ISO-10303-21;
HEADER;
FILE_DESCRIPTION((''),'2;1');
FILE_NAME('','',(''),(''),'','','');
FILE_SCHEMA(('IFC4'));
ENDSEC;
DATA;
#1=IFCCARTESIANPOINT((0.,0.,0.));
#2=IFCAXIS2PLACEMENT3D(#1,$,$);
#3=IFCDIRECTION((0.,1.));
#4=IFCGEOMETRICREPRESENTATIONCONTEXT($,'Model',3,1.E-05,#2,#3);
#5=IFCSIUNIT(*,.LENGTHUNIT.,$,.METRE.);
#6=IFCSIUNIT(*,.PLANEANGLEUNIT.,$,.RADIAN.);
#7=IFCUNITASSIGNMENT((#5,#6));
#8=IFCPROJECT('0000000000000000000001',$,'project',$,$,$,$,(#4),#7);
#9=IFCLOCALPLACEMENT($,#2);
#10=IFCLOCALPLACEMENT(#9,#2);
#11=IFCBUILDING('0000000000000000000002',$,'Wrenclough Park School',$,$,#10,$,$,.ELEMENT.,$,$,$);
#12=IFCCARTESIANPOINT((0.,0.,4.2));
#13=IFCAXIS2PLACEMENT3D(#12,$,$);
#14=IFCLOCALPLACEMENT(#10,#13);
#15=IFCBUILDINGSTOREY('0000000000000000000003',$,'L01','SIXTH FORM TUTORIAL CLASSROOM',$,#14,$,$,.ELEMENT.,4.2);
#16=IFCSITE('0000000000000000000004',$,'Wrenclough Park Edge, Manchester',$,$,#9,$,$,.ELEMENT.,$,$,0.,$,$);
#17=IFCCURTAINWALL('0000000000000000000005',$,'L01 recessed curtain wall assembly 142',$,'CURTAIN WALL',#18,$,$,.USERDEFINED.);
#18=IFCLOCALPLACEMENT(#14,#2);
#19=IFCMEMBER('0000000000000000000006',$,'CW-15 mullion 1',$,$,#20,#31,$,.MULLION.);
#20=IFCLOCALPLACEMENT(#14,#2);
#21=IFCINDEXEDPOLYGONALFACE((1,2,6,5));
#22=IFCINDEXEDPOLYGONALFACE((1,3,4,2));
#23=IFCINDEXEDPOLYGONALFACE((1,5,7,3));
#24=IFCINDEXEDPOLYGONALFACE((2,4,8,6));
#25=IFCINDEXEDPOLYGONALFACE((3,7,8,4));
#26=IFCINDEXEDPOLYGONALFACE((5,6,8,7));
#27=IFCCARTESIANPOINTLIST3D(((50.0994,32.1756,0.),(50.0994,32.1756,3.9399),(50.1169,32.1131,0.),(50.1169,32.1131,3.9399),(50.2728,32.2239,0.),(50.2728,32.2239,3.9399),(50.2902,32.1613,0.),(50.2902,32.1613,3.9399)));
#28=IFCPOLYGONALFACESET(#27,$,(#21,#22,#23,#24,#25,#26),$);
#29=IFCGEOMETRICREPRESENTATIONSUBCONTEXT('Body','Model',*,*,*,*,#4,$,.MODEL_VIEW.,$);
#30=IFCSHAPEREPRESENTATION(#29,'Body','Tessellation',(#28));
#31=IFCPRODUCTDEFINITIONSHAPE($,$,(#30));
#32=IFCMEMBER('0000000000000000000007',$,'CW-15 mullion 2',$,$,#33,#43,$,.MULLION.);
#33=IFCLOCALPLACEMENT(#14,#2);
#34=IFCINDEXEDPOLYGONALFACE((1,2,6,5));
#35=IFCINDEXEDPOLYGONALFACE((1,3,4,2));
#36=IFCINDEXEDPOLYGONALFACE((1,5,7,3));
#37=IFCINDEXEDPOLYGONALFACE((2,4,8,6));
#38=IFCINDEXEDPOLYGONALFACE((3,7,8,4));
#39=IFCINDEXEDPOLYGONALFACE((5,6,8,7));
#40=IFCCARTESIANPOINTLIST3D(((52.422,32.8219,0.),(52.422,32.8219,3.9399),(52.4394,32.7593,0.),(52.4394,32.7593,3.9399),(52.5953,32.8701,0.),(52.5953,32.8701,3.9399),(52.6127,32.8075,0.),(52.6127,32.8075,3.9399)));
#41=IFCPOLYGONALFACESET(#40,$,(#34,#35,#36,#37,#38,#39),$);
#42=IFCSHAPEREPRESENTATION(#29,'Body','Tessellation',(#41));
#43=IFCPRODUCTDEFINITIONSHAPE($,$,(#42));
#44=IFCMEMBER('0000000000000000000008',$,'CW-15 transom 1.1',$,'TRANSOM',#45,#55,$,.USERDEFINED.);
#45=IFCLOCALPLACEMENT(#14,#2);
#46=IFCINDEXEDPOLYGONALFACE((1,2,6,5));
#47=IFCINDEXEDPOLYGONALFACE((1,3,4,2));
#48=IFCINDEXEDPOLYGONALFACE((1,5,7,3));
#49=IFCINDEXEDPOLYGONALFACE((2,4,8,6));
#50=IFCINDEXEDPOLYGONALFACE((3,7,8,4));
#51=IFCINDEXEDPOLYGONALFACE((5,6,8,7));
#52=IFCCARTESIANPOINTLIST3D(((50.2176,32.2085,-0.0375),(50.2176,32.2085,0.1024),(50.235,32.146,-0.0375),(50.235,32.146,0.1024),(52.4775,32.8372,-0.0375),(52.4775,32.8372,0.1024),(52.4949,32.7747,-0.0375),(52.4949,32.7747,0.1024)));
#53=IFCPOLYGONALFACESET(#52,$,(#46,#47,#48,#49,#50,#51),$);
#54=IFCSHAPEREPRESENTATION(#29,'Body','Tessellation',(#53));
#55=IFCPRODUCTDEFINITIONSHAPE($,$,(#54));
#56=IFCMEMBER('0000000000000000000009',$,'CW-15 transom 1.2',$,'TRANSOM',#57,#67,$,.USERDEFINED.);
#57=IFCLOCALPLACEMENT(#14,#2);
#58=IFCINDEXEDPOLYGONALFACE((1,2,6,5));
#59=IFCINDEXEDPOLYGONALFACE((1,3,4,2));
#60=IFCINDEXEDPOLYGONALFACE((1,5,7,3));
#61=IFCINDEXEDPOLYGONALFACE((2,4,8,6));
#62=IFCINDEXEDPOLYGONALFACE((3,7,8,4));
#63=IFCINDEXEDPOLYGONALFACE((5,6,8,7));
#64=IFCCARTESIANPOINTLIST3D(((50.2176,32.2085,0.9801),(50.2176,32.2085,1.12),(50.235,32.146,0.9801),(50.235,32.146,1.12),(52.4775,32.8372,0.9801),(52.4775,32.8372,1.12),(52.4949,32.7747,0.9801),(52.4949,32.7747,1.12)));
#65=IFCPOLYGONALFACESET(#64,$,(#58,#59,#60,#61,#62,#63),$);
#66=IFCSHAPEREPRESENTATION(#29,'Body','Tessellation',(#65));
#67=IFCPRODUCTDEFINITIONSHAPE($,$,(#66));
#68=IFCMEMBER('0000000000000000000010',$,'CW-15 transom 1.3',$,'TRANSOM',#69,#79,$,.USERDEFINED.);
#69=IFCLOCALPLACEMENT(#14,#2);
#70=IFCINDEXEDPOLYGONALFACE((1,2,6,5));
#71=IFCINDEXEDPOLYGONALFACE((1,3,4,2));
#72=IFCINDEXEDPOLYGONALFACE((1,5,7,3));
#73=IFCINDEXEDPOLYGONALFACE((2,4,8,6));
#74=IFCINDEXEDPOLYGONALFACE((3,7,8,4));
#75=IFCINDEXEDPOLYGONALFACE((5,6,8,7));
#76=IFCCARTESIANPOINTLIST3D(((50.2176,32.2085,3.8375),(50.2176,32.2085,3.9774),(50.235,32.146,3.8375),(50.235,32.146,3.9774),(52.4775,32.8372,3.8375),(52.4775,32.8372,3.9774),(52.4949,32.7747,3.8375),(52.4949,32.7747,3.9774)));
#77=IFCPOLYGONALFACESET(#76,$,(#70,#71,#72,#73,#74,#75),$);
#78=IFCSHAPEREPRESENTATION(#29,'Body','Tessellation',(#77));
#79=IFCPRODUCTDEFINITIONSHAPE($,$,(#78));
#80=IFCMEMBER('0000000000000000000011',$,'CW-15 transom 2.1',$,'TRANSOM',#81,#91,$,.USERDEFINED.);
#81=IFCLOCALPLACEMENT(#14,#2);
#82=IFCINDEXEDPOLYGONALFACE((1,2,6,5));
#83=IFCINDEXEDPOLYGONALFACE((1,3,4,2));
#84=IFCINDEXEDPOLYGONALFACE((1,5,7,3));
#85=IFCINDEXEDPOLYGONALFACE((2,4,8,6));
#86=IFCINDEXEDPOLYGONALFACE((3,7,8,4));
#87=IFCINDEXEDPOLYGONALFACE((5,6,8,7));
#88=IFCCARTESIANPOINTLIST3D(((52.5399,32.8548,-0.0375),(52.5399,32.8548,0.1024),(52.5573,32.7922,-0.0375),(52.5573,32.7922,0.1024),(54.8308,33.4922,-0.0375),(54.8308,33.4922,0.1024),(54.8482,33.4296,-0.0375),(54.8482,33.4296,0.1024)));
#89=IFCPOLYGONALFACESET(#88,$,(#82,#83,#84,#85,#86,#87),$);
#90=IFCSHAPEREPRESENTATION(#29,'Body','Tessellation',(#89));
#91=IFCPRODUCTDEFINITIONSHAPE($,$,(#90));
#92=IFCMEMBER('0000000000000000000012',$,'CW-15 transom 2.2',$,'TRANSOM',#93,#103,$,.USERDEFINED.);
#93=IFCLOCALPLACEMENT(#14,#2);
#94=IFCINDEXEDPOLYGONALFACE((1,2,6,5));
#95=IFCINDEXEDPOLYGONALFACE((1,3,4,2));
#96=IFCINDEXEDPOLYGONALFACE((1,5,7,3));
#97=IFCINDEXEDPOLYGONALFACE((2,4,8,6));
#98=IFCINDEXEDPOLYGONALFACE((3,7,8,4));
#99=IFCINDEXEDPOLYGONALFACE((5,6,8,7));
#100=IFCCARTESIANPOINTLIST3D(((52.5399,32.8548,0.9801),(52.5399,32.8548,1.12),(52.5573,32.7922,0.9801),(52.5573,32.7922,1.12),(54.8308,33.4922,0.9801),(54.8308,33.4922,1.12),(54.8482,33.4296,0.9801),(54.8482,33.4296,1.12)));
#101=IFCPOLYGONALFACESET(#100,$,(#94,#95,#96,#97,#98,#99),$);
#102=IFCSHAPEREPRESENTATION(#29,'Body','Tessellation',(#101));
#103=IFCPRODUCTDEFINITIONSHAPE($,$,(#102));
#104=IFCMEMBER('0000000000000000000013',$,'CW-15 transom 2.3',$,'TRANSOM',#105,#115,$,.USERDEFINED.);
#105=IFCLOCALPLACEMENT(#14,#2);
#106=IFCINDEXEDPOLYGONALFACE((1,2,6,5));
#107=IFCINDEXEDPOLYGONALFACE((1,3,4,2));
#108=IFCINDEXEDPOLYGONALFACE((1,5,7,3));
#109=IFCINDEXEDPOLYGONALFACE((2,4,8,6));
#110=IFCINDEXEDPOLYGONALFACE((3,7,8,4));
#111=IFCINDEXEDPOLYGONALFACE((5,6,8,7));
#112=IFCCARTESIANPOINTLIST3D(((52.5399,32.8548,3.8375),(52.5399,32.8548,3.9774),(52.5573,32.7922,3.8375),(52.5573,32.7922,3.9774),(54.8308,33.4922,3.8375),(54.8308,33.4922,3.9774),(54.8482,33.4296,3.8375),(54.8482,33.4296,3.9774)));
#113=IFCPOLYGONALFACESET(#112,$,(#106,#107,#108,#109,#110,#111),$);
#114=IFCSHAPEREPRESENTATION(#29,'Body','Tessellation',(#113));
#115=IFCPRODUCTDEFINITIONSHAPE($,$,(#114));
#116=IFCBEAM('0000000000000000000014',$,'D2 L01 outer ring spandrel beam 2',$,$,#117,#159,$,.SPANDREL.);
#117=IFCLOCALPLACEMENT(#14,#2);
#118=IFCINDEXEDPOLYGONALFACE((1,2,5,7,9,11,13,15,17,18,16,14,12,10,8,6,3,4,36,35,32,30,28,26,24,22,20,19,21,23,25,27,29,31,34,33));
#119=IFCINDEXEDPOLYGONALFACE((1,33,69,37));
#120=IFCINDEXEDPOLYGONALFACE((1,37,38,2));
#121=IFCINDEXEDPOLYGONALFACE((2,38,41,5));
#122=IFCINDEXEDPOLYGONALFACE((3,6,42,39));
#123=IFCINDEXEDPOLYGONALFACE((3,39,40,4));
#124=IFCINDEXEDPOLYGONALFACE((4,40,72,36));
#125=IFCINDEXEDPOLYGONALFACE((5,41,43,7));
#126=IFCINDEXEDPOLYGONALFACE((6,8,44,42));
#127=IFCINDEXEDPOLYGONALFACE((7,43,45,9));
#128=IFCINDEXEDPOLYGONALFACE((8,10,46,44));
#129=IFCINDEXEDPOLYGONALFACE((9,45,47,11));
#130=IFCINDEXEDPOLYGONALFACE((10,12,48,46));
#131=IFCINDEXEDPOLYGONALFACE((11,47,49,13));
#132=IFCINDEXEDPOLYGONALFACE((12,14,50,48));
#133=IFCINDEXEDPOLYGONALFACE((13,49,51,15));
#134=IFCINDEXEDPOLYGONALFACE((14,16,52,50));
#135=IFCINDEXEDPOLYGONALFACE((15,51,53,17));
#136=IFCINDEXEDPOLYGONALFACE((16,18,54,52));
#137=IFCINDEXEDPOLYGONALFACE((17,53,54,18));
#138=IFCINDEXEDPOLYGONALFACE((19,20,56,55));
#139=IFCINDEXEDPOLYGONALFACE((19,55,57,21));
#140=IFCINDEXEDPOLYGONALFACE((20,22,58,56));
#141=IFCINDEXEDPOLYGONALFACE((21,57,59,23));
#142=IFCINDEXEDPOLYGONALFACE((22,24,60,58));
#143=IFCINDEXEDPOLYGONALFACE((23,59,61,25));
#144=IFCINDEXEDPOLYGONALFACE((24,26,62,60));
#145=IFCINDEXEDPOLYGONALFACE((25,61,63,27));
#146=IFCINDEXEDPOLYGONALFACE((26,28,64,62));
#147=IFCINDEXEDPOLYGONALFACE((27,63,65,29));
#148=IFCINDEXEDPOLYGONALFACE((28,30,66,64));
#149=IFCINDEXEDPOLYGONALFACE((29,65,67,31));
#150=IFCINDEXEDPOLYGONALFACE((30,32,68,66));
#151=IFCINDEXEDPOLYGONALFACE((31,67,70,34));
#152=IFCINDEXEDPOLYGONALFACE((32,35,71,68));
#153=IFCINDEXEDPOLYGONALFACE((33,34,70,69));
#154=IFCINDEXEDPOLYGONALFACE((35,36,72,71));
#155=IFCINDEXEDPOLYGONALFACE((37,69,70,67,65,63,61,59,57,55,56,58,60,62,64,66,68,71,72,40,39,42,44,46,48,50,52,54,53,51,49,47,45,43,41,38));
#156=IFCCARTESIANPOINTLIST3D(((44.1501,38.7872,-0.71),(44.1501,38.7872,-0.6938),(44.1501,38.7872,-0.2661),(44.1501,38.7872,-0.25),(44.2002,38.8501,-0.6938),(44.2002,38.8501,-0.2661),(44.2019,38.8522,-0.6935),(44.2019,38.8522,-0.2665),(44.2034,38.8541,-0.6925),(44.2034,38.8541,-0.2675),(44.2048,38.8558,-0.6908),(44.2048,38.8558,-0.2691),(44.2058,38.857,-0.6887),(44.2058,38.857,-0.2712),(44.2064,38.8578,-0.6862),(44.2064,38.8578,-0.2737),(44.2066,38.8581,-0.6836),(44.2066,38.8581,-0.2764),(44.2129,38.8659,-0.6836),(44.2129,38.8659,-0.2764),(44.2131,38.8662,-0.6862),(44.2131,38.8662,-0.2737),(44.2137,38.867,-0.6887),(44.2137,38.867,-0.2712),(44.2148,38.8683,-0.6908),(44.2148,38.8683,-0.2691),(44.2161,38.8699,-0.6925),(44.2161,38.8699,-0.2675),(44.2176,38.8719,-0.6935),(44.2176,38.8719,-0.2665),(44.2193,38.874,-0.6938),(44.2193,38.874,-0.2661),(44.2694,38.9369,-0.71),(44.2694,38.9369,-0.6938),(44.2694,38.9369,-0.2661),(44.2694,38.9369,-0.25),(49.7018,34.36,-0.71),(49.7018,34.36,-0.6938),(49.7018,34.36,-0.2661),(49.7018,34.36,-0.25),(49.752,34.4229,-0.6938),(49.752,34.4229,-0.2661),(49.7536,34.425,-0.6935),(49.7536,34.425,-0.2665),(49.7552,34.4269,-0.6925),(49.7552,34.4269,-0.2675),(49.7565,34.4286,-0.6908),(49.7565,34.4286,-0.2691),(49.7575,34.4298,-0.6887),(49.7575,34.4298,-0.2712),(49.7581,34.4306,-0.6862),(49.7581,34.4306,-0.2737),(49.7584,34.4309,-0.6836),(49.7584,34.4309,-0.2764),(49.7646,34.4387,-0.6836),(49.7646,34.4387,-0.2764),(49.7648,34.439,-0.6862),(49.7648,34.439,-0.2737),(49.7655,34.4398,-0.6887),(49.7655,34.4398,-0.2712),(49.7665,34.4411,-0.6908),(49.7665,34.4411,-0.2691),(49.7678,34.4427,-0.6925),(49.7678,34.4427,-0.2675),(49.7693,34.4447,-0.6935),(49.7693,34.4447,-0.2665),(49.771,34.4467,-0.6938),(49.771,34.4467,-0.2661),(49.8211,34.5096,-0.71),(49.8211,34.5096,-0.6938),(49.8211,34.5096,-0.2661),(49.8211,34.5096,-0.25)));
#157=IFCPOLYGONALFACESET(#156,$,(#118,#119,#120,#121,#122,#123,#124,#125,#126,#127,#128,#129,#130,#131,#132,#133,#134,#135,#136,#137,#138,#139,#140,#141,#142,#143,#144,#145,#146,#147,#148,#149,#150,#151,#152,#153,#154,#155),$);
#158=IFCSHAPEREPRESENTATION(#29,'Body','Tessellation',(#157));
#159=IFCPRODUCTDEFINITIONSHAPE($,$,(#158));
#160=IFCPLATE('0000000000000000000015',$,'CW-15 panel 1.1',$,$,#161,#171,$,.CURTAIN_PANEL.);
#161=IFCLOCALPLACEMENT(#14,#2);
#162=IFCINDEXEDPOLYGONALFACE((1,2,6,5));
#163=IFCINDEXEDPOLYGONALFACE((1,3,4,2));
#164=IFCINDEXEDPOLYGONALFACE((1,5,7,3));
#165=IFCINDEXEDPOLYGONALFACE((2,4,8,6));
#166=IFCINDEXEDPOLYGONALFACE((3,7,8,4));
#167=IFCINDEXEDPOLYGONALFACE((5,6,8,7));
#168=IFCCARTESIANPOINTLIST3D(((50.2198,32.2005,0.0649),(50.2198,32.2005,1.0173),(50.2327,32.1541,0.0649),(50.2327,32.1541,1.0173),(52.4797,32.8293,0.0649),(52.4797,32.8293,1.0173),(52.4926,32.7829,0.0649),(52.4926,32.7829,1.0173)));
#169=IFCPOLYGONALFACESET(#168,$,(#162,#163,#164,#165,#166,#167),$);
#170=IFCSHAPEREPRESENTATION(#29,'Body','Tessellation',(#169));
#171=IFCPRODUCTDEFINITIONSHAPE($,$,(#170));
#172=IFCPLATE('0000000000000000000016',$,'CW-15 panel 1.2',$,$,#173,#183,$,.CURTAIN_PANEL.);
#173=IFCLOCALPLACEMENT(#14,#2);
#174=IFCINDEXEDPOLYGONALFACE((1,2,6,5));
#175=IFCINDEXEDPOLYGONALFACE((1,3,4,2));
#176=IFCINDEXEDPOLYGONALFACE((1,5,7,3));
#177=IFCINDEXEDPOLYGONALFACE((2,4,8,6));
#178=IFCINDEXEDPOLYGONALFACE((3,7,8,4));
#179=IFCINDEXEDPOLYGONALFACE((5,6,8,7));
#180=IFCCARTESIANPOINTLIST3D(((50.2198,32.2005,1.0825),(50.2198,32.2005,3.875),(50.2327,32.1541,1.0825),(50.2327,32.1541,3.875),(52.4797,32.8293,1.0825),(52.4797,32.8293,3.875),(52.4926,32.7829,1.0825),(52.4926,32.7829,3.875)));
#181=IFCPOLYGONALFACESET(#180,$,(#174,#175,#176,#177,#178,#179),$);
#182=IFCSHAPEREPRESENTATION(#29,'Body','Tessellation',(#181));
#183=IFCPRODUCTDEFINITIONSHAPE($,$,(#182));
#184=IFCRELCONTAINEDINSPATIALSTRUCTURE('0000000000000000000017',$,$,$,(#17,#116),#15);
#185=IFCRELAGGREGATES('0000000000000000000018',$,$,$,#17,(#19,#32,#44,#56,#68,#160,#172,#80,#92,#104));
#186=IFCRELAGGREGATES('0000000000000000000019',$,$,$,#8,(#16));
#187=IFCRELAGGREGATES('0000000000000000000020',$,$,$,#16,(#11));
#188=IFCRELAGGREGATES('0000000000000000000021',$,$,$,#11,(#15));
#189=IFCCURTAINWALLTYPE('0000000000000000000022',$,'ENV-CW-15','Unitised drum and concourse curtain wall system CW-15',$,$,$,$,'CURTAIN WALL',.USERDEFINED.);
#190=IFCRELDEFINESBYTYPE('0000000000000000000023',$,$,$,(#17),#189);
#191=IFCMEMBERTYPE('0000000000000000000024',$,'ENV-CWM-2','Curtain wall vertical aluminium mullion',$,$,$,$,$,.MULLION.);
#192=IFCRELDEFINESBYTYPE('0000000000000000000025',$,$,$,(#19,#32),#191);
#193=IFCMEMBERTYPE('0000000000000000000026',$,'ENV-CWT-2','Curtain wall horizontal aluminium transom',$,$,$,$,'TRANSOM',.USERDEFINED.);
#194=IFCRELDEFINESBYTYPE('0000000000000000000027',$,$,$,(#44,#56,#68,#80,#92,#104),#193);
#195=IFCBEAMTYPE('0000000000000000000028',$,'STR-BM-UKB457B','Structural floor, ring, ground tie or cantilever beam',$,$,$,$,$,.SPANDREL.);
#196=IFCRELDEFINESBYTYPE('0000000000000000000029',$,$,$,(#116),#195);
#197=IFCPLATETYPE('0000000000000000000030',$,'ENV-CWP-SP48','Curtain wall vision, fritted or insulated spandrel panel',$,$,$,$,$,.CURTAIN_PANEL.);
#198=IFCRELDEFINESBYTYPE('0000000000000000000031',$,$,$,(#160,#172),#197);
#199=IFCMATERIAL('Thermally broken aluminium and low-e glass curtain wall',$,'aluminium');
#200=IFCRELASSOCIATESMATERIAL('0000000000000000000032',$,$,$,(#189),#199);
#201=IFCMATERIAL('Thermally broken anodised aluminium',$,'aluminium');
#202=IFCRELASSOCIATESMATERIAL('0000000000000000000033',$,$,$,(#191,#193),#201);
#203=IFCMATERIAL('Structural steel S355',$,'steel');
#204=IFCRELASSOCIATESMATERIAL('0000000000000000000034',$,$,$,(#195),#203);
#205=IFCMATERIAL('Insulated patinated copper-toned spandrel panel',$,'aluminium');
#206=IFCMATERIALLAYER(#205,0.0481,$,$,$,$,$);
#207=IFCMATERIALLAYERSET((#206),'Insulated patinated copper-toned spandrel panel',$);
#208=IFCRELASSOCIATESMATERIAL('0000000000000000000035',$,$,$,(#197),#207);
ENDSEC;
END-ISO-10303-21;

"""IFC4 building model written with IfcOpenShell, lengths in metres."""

from ifc_helpers import new_model, si_unit, direction, frame, origin, origin_2d, place, context, subcontext, project, spatial, rectangle, i_section, extrude, material, layer, layer_set, material_profile, profile_set, type_object, element, aggregate, save


model = new_model("IFC4")

# Units and contexts
model_context = context("Model", 3, precision=1e-05, world=origin(), true_north=direction((0.0, 1.0)))
body_context = subcontext(model_context, "Body", "Model", "MODEL_VIEW")
ifc_project = project(units=[si_unit("LENGTHUNIT", "METRE"), si_unit("PLANEANGLEUNIT", "RADIAN")], contexts=[model_context])

# Site, building, storey
site_placement = place(None, origin())
site = spatial("IfcSite", under=ifc_project, at=site_placement, Name="Wrenclough Park Edge, Manchester", CompositionType="ELEMENT", RefElevation=0.0)
building_placement = place(site_placement, origin())
building = spatial("IfcBuilding", under=site, at=building_placement, Name="Wrenclough Park School", CompositionType="ELEMENT")
storey_placement = place(building_placement, frame((0.0, 0.0, 4.2)))
storey = spatial("IfcBuildingStorey", under=building, at=storey_placement, Name="L01", Description="SIXTH FORM TUTORIAL CLASSROOM", CompositionType="ELEMENT", Elevation=4.2)

# Curtain wall, members
ifc_material_1 = material(Name="Thermally broken aluminium and low-e glass curtain wall", Category="aluminium")
curtain_wall_type = type_object("IfcCurtainWallType", Name="ENV-CW-15", Description="Unitised drum and concourse curtain wall system CW-15", ElementType="CURTAIN WALL", PredefinedType="USERDEFINED", material=ifc_material_1)
curtain_wall_placement = place(storey_placement, origin())
curtain_wall = element("IfcCurtainWall", 1, at=curtain_wall_placement, inside=storey, type_object=curtain_wall_type, Name="L01 recessed curtain wall assembly 142", ObjectType="CURTAIN WALL", PredefinedType="USERDEFINED")
ifc_material_2 = material(Name="Thermally broken anodised aluminium", Category="aluminium")
ifc_material_profile_1 = material_profile(ifc_material_2, rectangle(XDim=0.0649, YDim=0.1799, at=origin_2d()), Name="AL MULLION 65x180")
ifc_profile_set_1 = profile_set([ifc_material_profile_1], Name="Thermally broken anodised aluminium")
member_type_1 = type_object("IfcMemberType", Name="ENV-CWM-2", Description="Curtain wall vertical aluminium mullion", PredefinedType="MULLION", material=ifc_profile_set_1)
member_1_placement = place(storey_placement, frame((50.1948, 32.1685, 0.0), z_axis=(0.0, 0.0, 1.0), x_axis=(-0.268072, 0.963399, 0.0)))
member_1 = element("IfcMember", 2, at=member_1_placement, type_object=member_type_1, Name="CW-15 mullion 1", PredefinedType="MULLION", context=body_context, shape_type="SweptSolid", body=[
    extrude(rectangle(XDim=0.0649, YDim=0.1799, at=origin_2d()), origin(), (0.0, 0.0, 1.0), 3.9399),
])
member_2_placement = place(storey_placement, frame((52.5173, 32.8147, 0.0), z_axis=(0.0, 0.0, 1.0), x_axis=(-0.268072, 0.963399, 0.0)))
member_2 = element("IfcMember", 3, at=member_2_placement, type_object=member_type_1, Name="CW-15 mullion 2", PredefinedType="MULLION", context=body_context, shape_type="SweptSolid", body=[
    extrude(rectangle(XDim=0.0649, YDim=0.1799, at=origin_2d()), origin(), (0.0, 0.0, 1.0), 3.9399),
])
ifc_material_profile_2 = material_profile(ifc_material_2, rectangle(XDim=0.0649, YDim=0.1399, at=origin_2d()), Name="AL TRANSOM 65x140")
ifc_profile_set_2 = profile_set([ifc_material_profile_2], Name="Thermally broken anodised aluminium")
member_type_2 = type_object("IfcMemberType", Name="ENV-CWT-2", Description="Curtain wall horizontal aluminium transom", ElementType="TRANSOM", PredefinedType="USERDEFINED", material=ifc_profile_set_2)
member_3_placement = place(storey_placement, frame((50.2263, 32.1772, 0.0325), z_axis=(0.963413, 0.26802, 0.0), x_axis=(-0.26802, 0.963413, 0.0)))
member_3 = element("IfcMember", 4, at=member_3_placement, type_object=member_type_2, Name="CW-15 transom 1.1", ObjectType="TRANSOM", PredefinedType="USERDEFINED", context=body_context, shape_type="SweptSolid", body=[
    extrude(rectangle(XDim=0.0649, YDim=0.1399, at=origin_2d()), origin(), (0.0, 0.0, 1.0), 2.3457),
])
member_4_placement = place(storey_placement, frame((50.2263, 32.1772, 1.05), z_axis=(0.963413, 0.26802, 0.0), x_axis=(-0.26802, 0.963413, 0.0)))
member_4 = element("IfcMember", 5, at=member_4_placement, type_object=member_type_2, Name="CW-15 transom 1.2", ObjectType="TRANSOM", PredefinedType="USERDEFINED", context=body_context, shape_type="SweptSolid", body=[
    extrude(rectangle(XDim=0.0649, YDim=0.1399, at=origin_2d()), origin(), (0.0, 0.0, 1.0), 2.3457),
])
member_5_placement = place(storey_placement, frame((50.2263, 32.1772, 3.9075), z_axis=(0.963413, 0.26802, 0.0), x_axis=(-0.26802, 0.963413, 0.0)))
member_5 = element("IfcMember", 6, at=member_5_placement, type_object=member_type_2, Name="CW-15 transom 1.3", ObjectType="TRANSOM", PredefinedType="USERDEFINED", context=body_context, shape_type="SweptSolid", body=[
    extrude(rectangle(XDim=0.0649, YDim=0.1399, at=origin_2d()), origin(), (0.0, 0.0, 1.0), 2.3457),
])
member_6_placement = place(storey_placement, frame((52.5486, 32.8235, 0.0325), z_axis=(0.963403, 0.268057, 0.0), x_axis=(-0.268057, 0.963403, 0.0)))
member_6 = element("IfcMember", 7, at=member_6_placement, type_object=member_type_2, Name="CW-15 transom 2.1", ObjectType="TRANSOM", PredefinedType="USERDEFINED", context=body_context, shape_type="SweptSolid", body=[
    extrude(rectangle(XDim=0.0649, YDim=0.1399, at=origin_2d()), origin(), (0.0, 0.0, 1.0), 2.3779),
])
member_7_placement = place(storey_placement, frame((52.5486, 32.8235, 1.05), z_axis=(0.963403, 0.268057, 0.0), x_axis=(-0.268057, 0.963403, 0.0)))
member_7 = element("IfcMember", 8, at=member_7_placement, type_object=member_type_2, Name="CW-15 transom 2.2", ObjectType="TRANSOM", PredefinedType="USERDEFINED", context=body_context, shape_type="SweptSolid", body=[
    extrude(rectangle(XDim=0.0649, YDim=0.1399, at=origin_2d()), origin(), (0.0, 0.0, 1.0), 2.3779),
])
member_8_placement = place(storey_placement, frame((52.5486, 32.8235, 3.9075), z_axis=(0.963403, 0.268057, 0.0), x_axis=(-0.268057, 0.963403, 0.0)))
member_8 = element("IfcMember", 9, at=member_8_placement, type_object=member_type_2, Name="CW-15 transom 2.3", ObjectType="TRANSOM", PredefinedType="USERDEFINED", context=body_context, shape_type="SweptSolid", body=[
    extrude(rectangle(XDim=0.0649, YDim=0.1399, at=origin_2d()), origin(), (0.0, 0.0, 1.0), 2.3779),
])

# Beam
ifc_material_3 = material(Name="Structural steel S355", Category="steel")
ifc_material_profile_3 = material_profile(ifc_material_3, i_section(OverallWidth=0.1914, OverallDepth=0.46, WebThickness=0.01, FlangeThickness=0.0161, FilletRadius=0.0103, at=origin_2d()), Name="UKB 457x191x82")
ifc_profile_set_3 = profile_set([ifc_material_profile_3], Name="Structural steel S355")
beam_type = type_object("IfcBeamType", Name="STR-BM-UKB457B", Description="Structural floor, ring, ground tie or cantilever beam", PredefinedType="SPANDREL", material=ifc_profile_set_3)
beam_placement = place(storey_placement, frame((49.7615, 34.4348, -0.48), z_axis=(-0.781841, 0.623478, 0.0), x_axis=(-0.623478, -0.781841, 0.0)))
element("IfcBeam", 10, at=beam_placement, inside=storey, type_object=beam_type, Name="D2 L01 outer ring spandrel beam 2", PredefinedType="SPANDREL", context=body_context, shape_type="SweptSolid", body=[
    extrude(i_section(OverallWidth=0.1914, OverallDepth=0.46, WebThickness=0.01, FlangeThickness=0.0161, FilletRadius=0.0103, at=origin_2d()), origin(), (0.0, 0.0, 1.0), 7.1008),
])

# Plates
ifc_material_4 = material(Name="Insulated patinated copper-toned spandrel panel", Category="aluminium")
ifc_layer_1 = layer(ifc_material_4, 0.0481)
ifc_layer_set_1 = layer_set([ifc_layer_1], Name="Insulated patinated copper-toned spandrel panel")
plate_type_1 = type_object("IfcPlateType", Name="ENV-CWP-SP48", Description="Curtain wall vision, fritted or insulated spandrel panel", PredefinedType="CURTAIN_PANEL", material=ifc_layer_set_1)
plate_1_placement = place(storey_placement, frame((51.3562, 32.4917, 0.0649), z_axis=(0.0, 0.0, 1.0), x_axis=(0.963399, 0.268072, 0.0)))
plate_1 = element("IfcPlate", 11, at=plate_1_placement, type_object=plate_type_1, Name="CW-15 panel 1.1", PredefinedType="CURTAIN_PANEL", context=body_context, shape_type="SweptSolid", body=[
    extrude(rectangle(XDim=2.3457, YDim=0.0481, at=origin_2d()), origin(), (0.0, 0.0, 1.0), 0.9524),
])
plate_2_placement = place(storey_placement, frame((51.3562, 32.4917, 1.0825), z_axis=(0.0, 0.0, 1.0), x_axis=(0.963399, 0.268072, 0.0)))
plate_2 = element("IfcPlate", 12, at=plate_2_placement, type_object=plate_type_1, Name="CW-15 panel 1.2", PredefinedType="CURTAIN_PANEL", context=body_context, shape_type="SweptSolid", body=[
    extrude(rectangle(XDim=2.3457, YDim=0.0481, at=origin_2d()), origin(), (0.0, 0.0, 1.0), 2.7925),
])
aggregate(curtain_wall, [member_1, member_2, member_3, member_4, member_5, plate_1, plate_2, member_6, member_7, member_8])

save(model, "model.ifc")
